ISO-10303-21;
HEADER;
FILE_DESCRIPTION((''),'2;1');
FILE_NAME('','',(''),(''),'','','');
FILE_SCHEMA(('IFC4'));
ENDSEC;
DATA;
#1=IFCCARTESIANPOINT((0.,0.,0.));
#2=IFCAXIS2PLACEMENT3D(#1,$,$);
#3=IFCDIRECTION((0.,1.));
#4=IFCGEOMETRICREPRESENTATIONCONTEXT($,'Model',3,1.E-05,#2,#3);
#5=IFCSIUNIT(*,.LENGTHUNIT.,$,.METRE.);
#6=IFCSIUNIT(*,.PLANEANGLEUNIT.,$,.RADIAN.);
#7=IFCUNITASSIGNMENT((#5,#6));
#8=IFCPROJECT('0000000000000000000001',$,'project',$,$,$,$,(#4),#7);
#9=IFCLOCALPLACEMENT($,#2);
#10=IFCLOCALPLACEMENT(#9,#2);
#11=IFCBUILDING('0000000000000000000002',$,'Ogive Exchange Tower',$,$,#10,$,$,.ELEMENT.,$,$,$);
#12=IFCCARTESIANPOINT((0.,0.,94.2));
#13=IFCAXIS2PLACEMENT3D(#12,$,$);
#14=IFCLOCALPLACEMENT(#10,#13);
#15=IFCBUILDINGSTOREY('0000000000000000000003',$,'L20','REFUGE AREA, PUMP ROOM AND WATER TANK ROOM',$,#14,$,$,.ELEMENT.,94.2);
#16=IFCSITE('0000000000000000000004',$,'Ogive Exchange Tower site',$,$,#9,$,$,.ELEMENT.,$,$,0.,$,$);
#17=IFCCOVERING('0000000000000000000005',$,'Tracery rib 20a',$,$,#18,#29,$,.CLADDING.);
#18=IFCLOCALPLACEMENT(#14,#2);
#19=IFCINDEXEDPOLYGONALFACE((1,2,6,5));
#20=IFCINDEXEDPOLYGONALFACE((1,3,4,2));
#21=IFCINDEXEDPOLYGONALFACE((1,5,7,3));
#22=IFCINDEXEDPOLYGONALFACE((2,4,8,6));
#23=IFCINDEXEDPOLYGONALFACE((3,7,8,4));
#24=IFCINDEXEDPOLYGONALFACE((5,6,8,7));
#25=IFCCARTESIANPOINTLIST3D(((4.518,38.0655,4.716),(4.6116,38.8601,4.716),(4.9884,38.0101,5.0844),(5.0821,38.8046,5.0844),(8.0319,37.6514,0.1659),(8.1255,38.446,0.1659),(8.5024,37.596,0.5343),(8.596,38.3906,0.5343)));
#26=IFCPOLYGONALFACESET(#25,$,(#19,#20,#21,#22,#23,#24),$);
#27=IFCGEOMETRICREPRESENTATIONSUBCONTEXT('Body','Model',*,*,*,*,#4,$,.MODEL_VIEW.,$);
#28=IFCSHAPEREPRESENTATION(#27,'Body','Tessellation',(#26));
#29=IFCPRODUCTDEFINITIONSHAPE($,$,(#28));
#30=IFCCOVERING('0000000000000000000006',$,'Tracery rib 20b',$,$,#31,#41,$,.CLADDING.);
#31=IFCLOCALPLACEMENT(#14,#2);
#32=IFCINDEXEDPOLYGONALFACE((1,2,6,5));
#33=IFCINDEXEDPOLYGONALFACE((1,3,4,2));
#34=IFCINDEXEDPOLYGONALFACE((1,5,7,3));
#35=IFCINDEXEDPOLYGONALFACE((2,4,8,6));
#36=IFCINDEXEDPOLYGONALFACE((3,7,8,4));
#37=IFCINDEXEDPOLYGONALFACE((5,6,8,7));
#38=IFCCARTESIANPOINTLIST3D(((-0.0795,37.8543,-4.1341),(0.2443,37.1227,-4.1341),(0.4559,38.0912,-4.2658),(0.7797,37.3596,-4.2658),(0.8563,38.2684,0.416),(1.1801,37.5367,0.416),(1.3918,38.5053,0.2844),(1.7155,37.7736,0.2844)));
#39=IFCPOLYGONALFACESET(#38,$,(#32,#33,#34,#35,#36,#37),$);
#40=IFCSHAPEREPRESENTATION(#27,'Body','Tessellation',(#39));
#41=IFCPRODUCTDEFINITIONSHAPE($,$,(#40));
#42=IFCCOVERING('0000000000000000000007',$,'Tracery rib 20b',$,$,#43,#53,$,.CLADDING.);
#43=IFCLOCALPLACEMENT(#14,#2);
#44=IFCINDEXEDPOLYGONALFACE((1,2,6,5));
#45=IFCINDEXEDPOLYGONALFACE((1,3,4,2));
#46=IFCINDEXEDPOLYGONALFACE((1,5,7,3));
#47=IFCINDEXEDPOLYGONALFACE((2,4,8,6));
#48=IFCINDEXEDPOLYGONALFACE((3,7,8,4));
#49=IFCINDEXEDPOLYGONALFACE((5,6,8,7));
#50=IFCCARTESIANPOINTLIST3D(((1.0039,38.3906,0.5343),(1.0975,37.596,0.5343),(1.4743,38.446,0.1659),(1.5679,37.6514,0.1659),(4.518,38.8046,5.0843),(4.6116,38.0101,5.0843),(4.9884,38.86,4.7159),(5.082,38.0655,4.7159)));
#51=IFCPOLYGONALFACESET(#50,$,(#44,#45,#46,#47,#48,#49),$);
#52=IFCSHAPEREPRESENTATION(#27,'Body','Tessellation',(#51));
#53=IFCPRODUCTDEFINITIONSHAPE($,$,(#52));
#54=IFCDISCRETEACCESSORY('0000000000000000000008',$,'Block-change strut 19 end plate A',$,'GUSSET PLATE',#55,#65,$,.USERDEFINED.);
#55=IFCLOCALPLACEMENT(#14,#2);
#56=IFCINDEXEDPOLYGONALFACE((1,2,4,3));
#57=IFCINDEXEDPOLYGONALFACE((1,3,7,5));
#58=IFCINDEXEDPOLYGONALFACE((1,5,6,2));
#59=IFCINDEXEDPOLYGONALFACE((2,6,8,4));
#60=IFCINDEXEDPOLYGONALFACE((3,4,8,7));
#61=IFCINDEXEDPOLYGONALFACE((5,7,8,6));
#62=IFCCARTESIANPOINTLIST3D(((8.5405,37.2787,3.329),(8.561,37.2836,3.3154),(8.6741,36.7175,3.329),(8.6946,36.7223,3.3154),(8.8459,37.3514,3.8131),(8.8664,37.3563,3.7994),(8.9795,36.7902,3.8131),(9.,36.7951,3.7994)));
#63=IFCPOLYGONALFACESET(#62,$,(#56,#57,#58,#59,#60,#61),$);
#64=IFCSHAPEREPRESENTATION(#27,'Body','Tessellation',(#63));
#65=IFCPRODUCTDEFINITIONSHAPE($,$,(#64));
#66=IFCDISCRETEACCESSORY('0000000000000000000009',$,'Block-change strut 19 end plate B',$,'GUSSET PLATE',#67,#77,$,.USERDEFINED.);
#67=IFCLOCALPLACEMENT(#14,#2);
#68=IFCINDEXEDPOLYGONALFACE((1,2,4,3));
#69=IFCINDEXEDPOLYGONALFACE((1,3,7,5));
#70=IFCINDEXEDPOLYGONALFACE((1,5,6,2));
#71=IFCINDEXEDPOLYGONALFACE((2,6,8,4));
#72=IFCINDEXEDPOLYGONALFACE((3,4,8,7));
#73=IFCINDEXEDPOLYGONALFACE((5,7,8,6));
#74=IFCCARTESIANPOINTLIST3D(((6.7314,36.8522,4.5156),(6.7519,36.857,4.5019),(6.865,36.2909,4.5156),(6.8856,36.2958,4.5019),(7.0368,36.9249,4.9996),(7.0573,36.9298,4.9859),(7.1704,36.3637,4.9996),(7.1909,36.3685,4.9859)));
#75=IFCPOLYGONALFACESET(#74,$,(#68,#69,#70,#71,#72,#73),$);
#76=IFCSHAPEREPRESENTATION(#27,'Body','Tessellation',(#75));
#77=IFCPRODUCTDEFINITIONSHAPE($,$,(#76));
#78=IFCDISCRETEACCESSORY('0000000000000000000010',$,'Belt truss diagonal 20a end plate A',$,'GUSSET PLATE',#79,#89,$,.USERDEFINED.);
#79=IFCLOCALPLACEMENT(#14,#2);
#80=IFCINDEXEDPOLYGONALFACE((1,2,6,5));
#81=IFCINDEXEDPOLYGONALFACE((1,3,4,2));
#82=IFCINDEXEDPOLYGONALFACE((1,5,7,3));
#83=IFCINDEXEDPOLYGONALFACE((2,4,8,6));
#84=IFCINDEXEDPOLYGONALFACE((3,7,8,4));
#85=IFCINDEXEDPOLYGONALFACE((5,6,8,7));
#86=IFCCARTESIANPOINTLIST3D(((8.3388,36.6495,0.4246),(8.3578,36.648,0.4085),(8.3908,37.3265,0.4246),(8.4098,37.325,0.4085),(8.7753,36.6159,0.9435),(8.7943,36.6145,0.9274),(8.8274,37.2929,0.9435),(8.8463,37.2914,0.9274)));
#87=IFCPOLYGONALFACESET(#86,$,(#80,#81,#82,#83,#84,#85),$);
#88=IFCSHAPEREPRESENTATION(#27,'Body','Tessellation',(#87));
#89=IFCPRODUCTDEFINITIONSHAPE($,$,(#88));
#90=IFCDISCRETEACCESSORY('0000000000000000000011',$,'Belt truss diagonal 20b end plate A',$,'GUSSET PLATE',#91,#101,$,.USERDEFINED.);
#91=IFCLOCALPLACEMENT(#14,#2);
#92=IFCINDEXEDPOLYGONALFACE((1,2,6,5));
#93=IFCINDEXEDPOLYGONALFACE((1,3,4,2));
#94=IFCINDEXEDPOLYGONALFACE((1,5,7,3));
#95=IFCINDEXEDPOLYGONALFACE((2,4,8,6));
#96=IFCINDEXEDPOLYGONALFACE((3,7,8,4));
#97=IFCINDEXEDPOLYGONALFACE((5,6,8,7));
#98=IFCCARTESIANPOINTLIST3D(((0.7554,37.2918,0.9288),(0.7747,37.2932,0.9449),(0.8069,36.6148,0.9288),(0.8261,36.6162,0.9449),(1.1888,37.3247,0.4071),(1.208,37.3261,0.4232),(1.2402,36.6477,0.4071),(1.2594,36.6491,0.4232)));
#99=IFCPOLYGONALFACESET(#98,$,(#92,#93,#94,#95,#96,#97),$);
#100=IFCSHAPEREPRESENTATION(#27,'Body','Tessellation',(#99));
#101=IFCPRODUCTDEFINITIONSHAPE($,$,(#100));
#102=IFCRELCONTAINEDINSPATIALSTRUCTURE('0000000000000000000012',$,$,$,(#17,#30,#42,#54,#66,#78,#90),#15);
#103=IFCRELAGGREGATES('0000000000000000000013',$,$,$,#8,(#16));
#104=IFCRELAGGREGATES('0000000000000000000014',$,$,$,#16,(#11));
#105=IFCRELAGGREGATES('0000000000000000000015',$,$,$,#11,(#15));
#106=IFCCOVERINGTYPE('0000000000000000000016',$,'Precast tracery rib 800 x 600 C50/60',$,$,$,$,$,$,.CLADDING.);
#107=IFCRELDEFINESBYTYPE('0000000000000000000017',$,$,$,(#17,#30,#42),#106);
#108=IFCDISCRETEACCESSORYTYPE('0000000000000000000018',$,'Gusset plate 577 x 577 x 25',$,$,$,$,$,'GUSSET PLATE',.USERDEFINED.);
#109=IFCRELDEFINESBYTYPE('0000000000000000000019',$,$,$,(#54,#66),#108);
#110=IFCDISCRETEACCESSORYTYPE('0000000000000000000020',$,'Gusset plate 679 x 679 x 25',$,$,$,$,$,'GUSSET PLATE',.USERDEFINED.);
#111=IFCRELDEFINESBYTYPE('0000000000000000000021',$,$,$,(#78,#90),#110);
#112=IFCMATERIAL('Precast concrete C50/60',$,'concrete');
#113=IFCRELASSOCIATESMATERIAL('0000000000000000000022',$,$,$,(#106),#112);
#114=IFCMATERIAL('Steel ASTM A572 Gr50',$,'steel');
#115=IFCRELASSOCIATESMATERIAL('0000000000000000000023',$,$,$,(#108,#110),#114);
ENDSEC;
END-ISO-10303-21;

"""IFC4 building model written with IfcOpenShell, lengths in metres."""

from ifc_helpers import new_model, si_unit, direction, frame, origin, origin_2d, place, context, subcontext, project, spatial, rectangle, extrude, material, material_profile, profile_set, type_object, element, save


model = new_model("IFC4")

# Units and contexts
model_context = context("Model", 3, precision=1e-05, world=origin(), true_north=direction((0.0, 1.0)))
body_context = subcontext(model_context, "Body", "Model", "MODEL_VIEW")
ifc_project = project(units=[si_unit("LENGTHUNIT", "METRE"), si_unit("PLANEANGLEUNIT", "RADIAN")], contexts=[model_context])

# Site, building, storey
site_placement = place(None, origin())
site = spatial("IfcSite", under=ifc_project, at=site_placement, Name="Ogive Exchange Tower site", CompositionType="ELEMENT", RefElevation=0.0)
building_placement = place(site_placement, origin())
building = spatial("IfcBuilding", under=site, at=building_placement, Name="Ogive Exchange Tower", CompositionType="ELEMENT")
storey_placement = place(building_placement, frame((0.0, 0.0, 94.2)))
storey = spatial("IfcBuildingStorey", under=building, at=storey_placement, Name="L20", Description="REFUGE AREA, PUMP ROOM AND WATER TANK ROOM", CompositionType="ELEMENT", Elevation=94.2)

# Coverings
ifc_material_1 = material(Name="Precast concrete C50/60", Category="concrete")
ifc_material_profile_1 = material_profile(ifc_material_1, rectangle(XDim=0.8, YDim=0.6001, at=origin_2d()), Name="RIB 800 x 600")
ifc_profile_set_1 = profile_set([ifc_material_profile_1], Name="Precast concrete C50/60")
covering_type = type_object("IfcCoveringType", Name="Precast tracery rib 800 x 600 C50/60", PredefinedType="CLADDING", material=ifc_profile_set_1)
covering_1_placement = place(storey_placement, frame((8.314, 38.021, 0.3501), z_axis=(-0.609647, 0.071838, 0.789411), x_axis=(-0.117025, -0.993129, 0.0)))
element("IfcCovering", 1, at=covering_1_placement, inside=storey, type_object=covering_type, Name="Tracery rib 20a", PredefinedType="CLADDING", context=body_context, shape_type="SweptSolid", body=[
    extrude(rectangle(XDim=0.8, YDim=0.6001, at=origin_2d()), origin(), (0.0, 0.0, 1.0), 5.7639),
])
covering_2_placement = place(storey_placement, frame((0.3501, 37.6069, -4.2), z_axis=(0.200654, 0.088784, 0.975631), x_axis=(-0.404633, 0.914479, 0.0)))
element("IfcCovering", 2, at=covering_2_placement, inside=storey, type_object=covering_type, Name="Tracery rib 20b", PredefinedType="CLADDING", context=body_context, shape_type="SweptSolid", body=[
    extrude(rectangle(XDim=0.8, YDim=0.6001, at=origin_2d()), origin(), (0.0, 0.0, 1.0), 4.6638),
])
covering_3_placement = place(storey_placement, frame((1.2859, 38.021, 0.3501), z_axis=(0.609674, 0.071836, 0.789391), x_axis=(-0.117017, 0.99313, 0.0)))
element("IfcCovering", 3, at=covering_3_placement, inside=storey, type_object=covering_type, Name="Tracery rib 20b", PredefinedType="CLADDING", context=body_context, shape_type="SweptSolid", body=[
    extrude(rectangle(XDim=0.8, YDim=0.6001, at=origin_2d()), origin(), (0.0, 0.0, 1.0), 5.7639),
])

# Discrete accessories
ifc_material_2 = material(Name="Steel ASTM A572 Gr50", Category="steel")
ifc_material_profile_2 = material_profile(ifc_material_2, rectangle(XDim=0.5769, YDim=0.5769, at=origin_2d()), Name="PL 577 x 577 x 25")
ifc_profile_set_2 = profile_set([ifc_material_profile_2], Name="Steel ASTM A572 Gr50")
discrete_accessory_type_1 = type_object("IfcDiscreteAccessoryType", Name="Gusset plate 577 x 577 x 25", ElementType="GUSSET PLATE", PredefinedType="USERDEFINED", material=ifc_profile_set_2)
for number, where, z_axis, x_axis, name in (
    (4, (8.7805, 37.0393, 3.5574), (-0.816188, -0.194331, 0.544125), (0.231621, -0.972806, 0.0), "Block-change strut 19 end plate A"),
    (5, (6.9714, 36.6128, 4.7439), (-0.816188, -0.194331, 0.544125), (0.231621, -0.972806, 0.0), "Block-change strut 19 end plate B"),
):
    element("IfcDiscreteAccessory", number, at=place(storey_placement, frame(where, z_axis=z_axis, x_axis=x_axis)), inside=storey, type_object=discrete_accessory_type_1, Name=name, ObjectType="GUSSET PLATE", PredefinedType="USERDEFINED", context=body_context, shape_type="SweptSolid", body=[
        extrude(rectangle(XDim=0.5769, YDim=0.5769, at=origin_2d()), origin(), (0.0, 0.0, 1.0), 0.0251),
    ])
ifc_material_profile_3 = material_profile(ifc_material_2, rectangle(XDim=0.679, YDim=0.679, at=origin_2d()), Name="PL 679 x 679 x 25")
ifc_profile_set_3 = profile_set([ifc_material_profile_3], Name="Steel ASTM A572 Gr50")
discrete_accessory_type_2 = type_object("IfcDiscreteAccessoryType", Name="Gusset plate 679 x 679 x 25", ElementType="GUSSET PLATE", PredefinedType="USERDEFINED", material=ifc_profile_set_3)
discrete_accessory_1_placement = place(storey_placement, frame((8.6021, 36.9697, 0.668), z_axis=(-0.762073, 0.058621, 0.644831), x_axis=(-0.076696, -0.997054, 0.0)))
element("IfcDiscreteAccessory", 6, at=discrete_accessory_1_placement, inside=storey, type_object=discrete_accessory_type_2, Name="Belt truss diagonal 20a end plate A", ObjectType="GUSSET PLATE", PredefinedType="USERDEFINED", context=body_context, shape_type="SweptSolid", body=[
    extrude(rectangle(XDim=0.679, YDim=0.679, at=origin_2d()), origin(), (0.0, 0.0, 1.0), 0.0249),
])
discrete_accessory_2_placement = place(storey_placement, frame((0.9978, 36.9697, 0.668), z_axis=(0.766124, 0.058187, 0.640053), x_axis=(-0.075731, 0.997128, 0.0)))
element("IfcDiscreteAccessory", 7, at=discrete_accessory_2_placement, inside=storey, type_object=discrete_accessory_type_2, Name="Belt truss diagonal 20b end plate A", ObjectType="GUSSET PLATE", PredefinedType="USERDEFINED", context=body_context, shape_type="SweptSolid", body=[
    extrude(rectangle(XDim=0.679, YDim=0.679, at=origin_2d()), origin(), (0.0, 0.0, 1.0), 0.0251),
])

save(model, "model.ifc")
